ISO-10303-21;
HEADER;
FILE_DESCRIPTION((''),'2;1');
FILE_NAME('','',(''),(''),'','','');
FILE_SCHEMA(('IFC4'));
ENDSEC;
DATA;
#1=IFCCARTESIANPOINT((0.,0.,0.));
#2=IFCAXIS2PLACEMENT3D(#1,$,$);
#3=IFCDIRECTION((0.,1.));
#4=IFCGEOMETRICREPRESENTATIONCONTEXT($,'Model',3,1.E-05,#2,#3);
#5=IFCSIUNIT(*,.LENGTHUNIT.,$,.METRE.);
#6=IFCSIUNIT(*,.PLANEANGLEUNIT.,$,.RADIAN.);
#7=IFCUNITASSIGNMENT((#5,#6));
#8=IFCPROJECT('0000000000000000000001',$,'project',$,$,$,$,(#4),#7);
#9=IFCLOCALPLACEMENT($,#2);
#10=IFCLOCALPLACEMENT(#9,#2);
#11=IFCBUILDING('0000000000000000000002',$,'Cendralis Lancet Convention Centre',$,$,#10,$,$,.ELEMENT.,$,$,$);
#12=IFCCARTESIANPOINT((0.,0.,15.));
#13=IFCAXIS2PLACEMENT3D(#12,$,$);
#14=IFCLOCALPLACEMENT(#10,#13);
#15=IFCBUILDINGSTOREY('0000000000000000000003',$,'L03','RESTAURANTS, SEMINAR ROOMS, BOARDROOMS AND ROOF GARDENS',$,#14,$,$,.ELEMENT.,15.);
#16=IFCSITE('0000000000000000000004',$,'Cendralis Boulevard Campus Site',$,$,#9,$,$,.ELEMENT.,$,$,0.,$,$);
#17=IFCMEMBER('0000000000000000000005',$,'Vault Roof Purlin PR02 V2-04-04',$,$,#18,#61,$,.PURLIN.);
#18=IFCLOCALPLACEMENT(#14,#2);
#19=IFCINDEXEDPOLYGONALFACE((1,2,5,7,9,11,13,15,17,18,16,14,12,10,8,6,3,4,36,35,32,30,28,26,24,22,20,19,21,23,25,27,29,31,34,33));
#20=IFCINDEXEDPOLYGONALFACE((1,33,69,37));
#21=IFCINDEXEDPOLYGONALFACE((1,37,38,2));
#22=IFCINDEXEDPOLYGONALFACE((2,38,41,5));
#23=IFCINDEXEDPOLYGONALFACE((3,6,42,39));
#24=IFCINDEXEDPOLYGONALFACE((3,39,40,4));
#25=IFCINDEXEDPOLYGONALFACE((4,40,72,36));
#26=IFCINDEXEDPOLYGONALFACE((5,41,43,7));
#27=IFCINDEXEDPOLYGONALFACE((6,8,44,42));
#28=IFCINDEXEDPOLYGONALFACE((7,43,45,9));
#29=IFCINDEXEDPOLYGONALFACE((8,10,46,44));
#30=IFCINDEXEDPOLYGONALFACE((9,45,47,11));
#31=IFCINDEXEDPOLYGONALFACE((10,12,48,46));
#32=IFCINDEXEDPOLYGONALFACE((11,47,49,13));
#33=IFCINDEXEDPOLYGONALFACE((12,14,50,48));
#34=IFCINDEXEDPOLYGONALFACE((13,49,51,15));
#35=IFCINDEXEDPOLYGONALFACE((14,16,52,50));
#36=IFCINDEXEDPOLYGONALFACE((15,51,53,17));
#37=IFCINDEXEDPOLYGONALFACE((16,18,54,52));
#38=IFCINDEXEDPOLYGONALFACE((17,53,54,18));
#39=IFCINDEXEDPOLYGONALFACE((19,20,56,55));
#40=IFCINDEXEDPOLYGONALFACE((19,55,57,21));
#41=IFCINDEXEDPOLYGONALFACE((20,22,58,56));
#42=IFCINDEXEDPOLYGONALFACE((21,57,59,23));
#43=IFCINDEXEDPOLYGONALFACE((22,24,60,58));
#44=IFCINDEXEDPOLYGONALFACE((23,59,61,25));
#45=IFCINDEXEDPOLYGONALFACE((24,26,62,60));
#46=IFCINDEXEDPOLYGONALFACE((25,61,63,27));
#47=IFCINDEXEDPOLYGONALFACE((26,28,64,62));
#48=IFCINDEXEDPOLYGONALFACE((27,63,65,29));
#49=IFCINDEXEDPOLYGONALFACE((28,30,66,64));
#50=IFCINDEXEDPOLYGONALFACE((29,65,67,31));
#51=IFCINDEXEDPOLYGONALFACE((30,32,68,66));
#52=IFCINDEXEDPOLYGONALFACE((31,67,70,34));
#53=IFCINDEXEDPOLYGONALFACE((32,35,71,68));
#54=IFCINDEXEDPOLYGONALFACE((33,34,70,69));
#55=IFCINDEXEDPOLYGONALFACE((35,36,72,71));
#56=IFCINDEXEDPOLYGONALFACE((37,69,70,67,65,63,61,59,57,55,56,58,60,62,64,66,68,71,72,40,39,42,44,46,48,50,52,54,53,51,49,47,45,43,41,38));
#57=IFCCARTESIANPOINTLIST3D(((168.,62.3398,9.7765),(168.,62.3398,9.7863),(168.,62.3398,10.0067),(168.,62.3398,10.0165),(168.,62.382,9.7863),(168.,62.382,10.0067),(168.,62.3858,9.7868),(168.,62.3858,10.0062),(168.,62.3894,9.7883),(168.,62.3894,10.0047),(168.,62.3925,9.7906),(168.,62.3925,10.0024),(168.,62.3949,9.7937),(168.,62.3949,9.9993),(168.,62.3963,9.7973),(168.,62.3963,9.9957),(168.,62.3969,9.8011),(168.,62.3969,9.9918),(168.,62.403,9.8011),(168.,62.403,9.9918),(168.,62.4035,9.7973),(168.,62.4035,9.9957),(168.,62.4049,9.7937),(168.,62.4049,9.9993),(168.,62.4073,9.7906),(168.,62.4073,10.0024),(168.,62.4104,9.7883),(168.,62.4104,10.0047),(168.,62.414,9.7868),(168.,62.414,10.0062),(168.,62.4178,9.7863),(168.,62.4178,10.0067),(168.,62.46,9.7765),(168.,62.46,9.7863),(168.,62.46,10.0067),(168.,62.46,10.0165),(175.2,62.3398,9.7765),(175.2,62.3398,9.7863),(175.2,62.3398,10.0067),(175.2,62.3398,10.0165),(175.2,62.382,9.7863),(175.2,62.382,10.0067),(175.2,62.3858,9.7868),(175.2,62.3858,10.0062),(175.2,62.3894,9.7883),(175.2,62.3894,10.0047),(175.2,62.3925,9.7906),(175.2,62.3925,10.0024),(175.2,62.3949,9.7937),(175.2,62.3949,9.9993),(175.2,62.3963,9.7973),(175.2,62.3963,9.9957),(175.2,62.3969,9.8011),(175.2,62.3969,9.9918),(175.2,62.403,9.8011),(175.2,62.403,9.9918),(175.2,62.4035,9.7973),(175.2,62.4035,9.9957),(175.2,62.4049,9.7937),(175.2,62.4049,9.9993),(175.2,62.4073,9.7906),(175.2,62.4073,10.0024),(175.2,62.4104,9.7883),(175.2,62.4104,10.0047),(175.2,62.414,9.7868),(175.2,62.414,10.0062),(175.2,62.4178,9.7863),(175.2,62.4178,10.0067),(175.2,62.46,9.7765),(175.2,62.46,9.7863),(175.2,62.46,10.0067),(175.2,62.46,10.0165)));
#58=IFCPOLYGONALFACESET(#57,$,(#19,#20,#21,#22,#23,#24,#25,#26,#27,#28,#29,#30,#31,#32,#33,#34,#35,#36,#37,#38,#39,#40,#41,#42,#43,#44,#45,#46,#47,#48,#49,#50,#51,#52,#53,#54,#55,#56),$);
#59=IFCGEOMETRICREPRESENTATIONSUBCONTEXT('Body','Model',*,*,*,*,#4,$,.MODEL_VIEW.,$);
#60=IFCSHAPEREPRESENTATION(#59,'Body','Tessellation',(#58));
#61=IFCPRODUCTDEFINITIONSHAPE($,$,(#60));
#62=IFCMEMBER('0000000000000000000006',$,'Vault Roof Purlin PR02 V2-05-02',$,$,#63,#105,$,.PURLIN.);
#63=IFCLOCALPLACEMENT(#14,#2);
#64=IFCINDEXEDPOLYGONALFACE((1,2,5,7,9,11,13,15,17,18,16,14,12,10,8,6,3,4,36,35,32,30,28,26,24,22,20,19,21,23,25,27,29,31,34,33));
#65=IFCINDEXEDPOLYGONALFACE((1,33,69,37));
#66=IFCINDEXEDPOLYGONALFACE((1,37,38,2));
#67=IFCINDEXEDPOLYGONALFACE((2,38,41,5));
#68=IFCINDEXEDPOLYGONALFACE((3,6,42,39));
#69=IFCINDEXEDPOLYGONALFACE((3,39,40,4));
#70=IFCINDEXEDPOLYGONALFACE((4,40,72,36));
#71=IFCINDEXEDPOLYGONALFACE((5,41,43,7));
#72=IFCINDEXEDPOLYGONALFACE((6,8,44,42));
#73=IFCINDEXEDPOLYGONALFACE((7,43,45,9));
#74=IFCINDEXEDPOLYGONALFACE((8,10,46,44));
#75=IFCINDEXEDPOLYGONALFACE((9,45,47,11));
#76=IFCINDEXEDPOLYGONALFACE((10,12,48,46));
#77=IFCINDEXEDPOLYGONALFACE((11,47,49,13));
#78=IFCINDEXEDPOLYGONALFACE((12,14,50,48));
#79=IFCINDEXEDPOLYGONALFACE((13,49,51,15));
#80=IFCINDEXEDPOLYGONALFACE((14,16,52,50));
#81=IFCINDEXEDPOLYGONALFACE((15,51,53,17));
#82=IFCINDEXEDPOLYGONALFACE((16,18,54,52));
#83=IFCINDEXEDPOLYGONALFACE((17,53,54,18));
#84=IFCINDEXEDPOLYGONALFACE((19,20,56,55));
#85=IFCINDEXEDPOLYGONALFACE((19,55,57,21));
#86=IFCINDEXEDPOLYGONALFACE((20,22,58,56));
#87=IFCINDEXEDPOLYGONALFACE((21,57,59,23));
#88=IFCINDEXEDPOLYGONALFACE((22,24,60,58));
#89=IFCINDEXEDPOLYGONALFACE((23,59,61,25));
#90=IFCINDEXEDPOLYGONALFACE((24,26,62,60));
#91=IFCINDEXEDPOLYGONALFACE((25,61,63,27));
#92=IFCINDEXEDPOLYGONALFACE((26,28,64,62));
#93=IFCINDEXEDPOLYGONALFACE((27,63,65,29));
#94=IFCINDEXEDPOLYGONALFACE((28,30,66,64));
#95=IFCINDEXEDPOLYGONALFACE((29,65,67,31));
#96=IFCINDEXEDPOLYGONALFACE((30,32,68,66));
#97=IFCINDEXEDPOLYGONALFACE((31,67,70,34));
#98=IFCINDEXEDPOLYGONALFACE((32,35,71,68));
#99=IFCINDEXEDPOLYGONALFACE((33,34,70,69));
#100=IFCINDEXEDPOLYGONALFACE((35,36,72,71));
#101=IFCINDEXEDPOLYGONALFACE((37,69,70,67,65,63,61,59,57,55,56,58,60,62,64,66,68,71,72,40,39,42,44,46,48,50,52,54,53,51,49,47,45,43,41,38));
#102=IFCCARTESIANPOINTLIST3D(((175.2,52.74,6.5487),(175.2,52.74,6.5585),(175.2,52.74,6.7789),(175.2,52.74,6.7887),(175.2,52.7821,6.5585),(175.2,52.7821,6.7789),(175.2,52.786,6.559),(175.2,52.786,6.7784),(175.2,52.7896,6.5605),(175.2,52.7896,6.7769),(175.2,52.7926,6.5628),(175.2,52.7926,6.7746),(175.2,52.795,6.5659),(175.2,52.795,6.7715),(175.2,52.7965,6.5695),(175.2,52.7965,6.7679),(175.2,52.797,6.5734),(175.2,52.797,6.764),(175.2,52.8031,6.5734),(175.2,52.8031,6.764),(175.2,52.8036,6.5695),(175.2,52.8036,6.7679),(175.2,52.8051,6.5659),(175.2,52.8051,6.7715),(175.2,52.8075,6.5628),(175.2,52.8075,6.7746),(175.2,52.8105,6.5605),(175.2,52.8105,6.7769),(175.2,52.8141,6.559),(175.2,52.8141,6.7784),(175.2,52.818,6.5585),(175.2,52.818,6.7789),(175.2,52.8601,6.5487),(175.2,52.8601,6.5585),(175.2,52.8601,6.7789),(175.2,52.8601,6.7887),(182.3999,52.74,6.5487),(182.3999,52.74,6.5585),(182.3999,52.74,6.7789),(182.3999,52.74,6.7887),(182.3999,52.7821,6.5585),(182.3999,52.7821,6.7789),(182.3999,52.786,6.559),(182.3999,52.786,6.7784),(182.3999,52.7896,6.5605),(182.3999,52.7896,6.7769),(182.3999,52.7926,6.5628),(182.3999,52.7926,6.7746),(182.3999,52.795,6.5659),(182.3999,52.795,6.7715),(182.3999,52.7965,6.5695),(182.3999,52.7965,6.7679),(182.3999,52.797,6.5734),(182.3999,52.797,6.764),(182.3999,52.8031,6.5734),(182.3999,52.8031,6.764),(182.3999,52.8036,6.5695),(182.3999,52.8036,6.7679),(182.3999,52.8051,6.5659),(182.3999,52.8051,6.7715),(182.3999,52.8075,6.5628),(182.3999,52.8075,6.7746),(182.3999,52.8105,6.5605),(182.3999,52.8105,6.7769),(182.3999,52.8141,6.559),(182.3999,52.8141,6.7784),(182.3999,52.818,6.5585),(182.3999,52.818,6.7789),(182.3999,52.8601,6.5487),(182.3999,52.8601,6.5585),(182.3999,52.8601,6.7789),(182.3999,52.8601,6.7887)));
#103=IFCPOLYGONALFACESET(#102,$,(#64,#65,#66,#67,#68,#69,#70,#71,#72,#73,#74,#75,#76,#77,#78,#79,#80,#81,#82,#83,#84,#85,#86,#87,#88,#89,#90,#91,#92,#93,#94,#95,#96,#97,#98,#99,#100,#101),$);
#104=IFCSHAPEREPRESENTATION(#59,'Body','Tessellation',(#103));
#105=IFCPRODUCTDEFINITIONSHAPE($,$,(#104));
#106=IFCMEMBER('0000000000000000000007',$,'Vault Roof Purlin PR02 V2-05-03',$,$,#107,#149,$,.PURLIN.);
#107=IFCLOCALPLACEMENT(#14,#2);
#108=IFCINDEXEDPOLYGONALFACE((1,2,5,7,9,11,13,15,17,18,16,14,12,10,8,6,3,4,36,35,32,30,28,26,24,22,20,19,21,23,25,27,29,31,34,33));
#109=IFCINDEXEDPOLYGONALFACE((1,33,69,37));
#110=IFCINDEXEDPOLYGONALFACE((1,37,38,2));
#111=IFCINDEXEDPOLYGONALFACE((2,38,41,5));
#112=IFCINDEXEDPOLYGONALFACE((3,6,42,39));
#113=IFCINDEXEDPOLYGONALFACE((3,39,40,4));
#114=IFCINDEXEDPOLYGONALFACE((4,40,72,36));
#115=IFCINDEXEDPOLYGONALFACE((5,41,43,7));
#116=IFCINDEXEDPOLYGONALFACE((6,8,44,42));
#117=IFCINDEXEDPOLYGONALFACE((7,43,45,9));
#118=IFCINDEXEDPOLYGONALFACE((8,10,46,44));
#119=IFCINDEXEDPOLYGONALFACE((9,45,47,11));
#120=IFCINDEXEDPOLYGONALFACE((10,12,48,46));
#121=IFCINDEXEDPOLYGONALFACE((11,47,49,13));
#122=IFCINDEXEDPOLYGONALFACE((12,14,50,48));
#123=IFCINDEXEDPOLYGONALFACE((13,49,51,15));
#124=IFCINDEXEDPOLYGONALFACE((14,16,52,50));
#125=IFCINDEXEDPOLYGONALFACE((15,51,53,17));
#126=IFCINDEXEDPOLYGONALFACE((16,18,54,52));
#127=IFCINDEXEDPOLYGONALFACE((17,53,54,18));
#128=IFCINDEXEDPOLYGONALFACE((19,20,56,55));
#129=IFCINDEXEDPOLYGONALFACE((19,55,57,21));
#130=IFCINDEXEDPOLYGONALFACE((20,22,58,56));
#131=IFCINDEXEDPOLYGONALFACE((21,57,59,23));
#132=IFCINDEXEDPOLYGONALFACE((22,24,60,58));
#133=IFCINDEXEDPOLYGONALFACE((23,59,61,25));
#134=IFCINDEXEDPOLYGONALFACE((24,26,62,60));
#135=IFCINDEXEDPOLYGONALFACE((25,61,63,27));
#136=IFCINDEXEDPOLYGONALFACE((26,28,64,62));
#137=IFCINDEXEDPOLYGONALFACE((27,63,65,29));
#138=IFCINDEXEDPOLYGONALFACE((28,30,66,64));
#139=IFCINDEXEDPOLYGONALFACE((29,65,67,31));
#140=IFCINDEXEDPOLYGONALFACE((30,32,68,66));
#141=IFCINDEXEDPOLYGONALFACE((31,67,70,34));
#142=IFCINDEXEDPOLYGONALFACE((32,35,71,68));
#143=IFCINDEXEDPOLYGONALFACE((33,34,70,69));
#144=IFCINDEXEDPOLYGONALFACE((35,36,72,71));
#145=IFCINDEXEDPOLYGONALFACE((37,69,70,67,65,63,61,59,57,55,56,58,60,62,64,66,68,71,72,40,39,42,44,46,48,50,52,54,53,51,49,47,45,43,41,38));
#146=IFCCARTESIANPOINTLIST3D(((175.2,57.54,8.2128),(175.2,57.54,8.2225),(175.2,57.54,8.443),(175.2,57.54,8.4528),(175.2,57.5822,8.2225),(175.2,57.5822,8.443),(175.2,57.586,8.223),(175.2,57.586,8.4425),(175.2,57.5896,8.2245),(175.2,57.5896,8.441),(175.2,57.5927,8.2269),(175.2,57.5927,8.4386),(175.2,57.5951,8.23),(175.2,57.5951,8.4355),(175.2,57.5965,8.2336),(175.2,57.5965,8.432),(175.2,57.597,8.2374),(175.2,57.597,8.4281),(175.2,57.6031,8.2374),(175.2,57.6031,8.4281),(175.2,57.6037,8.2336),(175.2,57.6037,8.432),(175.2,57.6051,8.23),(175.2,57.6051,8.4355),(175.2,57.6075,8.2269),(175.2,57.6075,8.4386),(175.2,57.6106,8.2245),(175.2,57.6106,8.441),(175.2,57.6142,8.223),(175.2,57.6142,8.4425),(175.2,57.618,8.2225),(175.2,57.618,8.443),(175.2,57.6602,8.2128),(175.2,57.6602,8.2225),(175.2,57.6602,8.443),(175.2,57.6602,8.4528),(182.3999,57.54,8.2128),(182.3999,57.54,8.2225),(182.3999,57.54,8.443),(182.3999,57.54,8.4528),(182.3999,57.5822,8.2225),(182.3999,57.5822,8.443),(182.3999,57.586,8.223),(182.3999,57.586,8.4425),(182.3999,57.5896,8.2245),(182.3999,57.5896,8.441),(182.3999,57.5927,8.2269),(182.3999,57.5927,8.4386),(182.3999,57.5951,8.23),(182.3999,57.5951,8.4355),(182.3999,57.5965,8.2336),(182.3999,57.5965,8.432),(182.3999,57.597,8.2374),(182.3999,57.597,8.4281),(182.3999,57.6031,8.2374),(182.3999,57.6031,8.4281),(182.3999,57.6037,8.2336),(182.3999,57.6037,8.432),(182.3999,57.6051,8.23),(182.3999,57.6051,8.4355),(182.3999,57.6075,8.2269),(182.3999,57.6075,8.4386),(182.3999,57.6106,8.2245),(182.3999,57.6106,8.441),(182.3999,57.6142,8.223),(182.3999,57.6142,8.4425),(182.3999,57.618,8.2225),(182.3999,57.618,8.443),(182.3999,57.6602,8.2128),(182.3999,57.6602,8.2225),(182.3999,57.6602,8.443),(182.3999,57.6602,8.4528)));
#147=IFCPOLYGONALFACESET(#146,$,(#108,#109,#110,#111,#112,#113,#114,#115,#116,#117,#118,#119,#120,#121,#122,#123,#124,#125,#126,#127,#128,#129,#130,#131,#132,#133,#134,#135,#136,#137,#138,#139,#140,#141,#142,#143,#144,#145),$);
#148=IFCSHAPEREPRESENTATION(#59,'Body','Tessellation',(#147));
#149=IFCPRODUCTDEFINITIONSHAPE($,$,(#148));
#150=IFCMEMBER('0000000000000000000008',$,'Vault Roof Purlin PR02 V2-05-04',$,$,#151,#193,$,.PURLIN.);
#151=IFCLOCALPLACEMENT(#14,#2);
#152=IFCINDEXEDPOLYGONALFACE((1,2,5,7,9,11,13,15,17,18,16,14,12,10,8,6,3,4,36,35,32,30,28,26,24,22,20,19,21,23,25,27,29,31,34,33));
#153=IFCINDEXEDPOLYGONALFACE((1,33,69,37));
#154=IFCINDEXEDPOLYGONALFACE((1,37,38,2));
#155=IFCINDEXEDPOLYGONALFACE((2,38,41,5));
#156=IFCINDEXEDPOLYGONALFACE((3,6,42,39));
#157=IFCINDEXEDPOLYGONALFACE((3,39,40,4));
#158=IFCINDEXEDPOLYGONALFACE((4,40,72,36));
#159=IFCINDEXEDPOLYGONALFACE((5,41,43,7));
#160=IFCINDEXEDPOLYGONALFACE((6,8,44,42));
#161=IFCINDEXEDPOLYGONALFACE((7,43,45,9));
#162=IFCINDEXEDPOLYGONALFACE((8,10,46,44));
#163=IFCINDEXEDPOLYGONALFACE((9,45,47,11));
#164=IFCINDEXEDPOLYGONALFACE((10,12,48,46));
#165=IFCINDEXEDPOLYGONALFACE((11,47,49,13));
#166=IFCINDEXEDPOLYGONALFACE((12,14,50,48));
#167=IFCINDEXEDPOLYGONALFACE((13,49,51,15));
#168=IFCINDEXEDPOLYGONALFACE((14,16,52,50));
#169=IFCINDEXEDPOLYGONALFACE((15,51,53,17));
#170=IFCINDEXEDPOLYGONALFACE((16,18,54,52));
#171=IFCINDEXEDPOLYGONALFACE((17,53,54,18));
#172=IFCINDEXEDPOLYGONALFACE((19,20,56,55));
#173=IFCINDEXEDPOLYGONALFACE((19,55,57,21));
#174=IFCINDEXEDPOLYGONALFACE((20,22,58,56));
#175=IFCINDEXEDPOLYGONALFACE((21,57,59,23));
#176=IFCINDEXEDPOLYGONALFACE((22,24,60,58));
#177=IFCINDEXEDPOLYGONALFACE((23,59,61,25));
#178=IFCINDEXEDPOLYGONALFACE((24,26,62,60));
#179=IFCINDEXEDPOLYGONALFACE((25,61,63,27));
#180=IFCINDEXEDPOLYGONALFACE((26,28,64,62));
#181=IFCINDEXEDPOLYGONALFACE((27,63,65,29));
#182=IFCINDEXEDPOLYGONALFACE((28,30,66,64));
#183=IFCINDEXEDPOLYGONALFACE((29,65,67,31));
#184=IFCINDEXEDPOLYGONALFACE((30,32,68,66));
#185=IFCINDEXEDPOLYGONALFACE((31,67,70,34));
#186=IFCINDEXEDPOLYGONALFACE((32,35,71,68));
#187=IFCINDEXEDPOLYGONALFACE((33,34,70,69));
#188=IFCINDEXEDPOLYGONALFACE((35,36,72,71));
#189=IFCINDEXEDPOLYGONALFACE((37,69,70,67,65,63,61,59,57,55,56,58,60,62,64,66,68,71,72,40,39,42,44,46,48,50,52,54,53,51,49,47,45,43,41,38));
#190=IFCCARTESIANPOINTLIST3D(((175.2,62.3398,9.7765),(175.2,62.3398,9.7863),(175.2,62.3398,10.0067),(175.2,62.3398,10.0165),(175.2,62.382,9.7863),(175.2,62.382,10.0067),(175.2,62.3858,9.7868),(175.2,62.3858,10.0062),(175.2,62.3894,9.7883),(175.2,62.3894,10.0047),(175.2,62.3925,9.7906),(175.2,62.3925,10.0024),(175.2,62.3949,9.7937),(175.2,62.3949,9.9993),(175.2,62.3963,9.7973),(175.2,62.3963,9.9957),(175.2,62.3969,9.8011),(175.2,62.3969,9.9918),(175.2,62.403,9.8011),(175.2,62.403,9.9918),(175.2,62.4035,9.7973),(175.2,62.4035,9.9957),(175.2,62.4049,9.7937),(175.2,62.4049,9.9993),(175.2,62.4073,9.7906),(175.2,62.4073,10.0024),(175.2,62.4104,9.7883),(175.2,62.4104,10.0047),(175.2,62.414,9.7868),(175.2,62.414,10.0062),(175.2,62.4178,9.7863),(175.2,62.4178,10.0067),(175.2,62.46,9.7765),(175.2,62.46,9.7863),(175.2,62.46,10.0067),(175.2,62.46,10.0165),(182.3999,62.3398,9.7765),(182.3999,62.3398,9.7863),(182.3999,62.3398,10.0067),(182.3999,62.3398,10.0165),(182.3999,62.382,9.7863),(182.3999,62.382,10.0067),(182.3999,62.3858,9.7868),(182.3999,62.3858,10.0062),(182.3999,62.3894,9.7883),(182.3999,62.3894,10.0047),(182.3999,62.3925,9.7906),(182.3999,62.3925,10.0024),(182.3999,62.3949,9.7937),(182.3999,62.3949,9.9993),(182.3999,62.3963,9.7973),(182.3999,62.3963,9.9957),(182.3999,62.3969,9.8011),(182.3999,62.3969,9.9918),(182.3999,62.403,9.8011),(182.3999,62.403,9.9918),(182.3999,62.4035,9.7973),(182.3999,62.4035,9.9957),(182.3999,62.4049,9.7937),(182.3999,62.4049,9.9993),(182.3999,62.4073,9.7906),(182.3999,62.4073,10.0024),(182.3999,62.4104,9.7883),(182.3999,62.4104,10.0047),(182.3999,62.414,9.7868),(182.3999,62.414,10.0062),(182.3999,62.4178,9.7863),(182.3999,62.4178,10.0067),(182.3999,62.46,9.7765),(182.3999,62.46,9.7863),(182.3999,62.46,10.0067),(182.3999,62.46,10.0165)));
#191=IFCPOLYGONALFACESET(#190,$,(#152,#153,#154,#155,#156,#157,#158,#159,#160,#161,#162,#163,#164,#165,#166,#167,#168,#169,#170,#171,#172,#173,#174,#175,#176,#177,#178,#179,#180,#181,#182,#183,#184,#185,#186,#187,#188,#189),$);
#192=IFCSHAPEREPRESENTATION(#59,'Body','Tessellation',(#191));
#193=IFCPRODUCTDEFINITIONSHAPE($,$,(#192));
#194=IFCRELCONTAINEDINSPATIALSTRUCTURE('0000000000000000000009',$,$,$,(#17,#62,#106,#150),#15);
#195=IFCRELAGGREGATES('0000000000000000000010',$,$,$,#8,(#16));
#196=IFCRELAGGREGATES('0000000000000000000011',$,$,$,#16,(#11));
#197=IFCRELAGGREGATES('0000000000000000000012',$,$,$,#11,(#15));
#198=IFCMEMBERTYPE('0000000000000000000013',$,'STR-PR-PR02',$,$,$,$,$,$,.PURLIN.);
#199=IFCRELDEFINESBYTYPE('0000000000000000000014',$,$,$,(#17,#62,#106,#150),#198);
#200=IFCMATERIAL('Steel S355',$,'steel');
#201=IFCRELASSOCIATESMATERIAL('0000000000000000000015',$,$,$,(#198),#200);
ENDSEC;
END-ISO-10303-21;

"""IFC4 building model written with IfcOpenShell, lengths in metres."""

from ifc_helpers import new_model, si_unit, direction, frame, origin, origin_2d, place, context, subcontext, project, spatial, i_section, extrude, material, material_profile, profile_set, type_object, element, save


model = new_model("IFC4")

# Units and contexts
model_context = context("Model", 3, precision=1e-05, world=origin(), true_north=direction((0.0, 1.0)))
body_context = subcontext(model_context, "Body", "Model", "MODEL_VIEW")
ifc_project = project(units=[si_unit("LENGTHUNIT", "METRE"), si_unit("PLANEANGLEUNIT", "RADIAN")], contexts=[model_context])

# Site, building, storey
site_placement = place(None, origin())
site = spatial("IfcSite", under=ifc_project, at=site_placement, Name="Cendralis Boulevard Campus Site", CompositionType="ELEMENT", RefElevation=0.0)
building_placement = place(site_placement, origin())
building = spatial("IfcBuilding", under=site, at=building_placement, Name="Cendralis Lancet Convention Centre", CompositionType="ELEMENT")
storey_placement = place(building_placement, frame((0.0, 0.0, 15.0)))
storey = spatial("IfcBuildingStorey", under=building, at=storey_placement, Name="L03", Description="RESTAURANTS, SEMINAR ROOMS, BOARDROOMS AND ROOF GARDENS", CompositionType="ELEMENT", Elevation=15.0)

# Members
ifc_material = material(Name="Steel S355", Category="steel")
ifc_material_profile_1 = material_profile(ifc_material, i_section(OverallWidth=0.1201, OverallDepth=0.24, WebThickness=0.0061, FlangeThickness=0.0098, FilletRadius=0.0149, at=origin_2d()), Name="IPE 240")
ifc_profile_set_1 = profile_set([ifc_material_profile_1], Name="Steel S355")
member_type_1 = type_object("IfcMemberType", Name="STR-PR-PR02", PredefinedType="PURLIN", material=ifc_profile_set_1)
for number, where, z_axis, x_axis, name in (
    (1, (168.0, 62.3999, 9.8965), (1.0, 0.0, 0.0), (0.0, 1.0, 0.0), "Vault Roof Purlin PR02 V2-04-04"),
    (2, (175.2, 52.8, 6.6687), (1.0, 0.0, 0.0), (0.0, 1.0, 0.0), "Vault Roof Purlin PR02 V2-05-02"),
    (3, (175.2, 57.6001, 8.3328), (1.0, 0.0, 0.0), (0.0, 1.0, 0.0), "Vault Roof Purlin PR02 V2-05-03"),
    (4, (175.2, 62.3999, 9.8965), (1.0, 0.0, 0.0), (0.0, 1.0, 0.0), "Vault Roof Purlin PR02 V2-05-04"),
):
    element("IfcMember", number, at=place(storey_placement, frame(where, z_axis=z_axis, x_axis=x_axis)), inside=storey, type_object=member_type_1, Name=name, PredefinedType="PURLIN", context=body_context, shape_type="SweptSolid", body=[
        extrude(i_section(OverallWidth=0.1201, OverallDepth=0.24, WebThickness=0.0061, FlangeThickness=0.0098, FilletRadius=0.0149, at=origin_2d()), origin(), (0.0, 0.0, 1.0), 7.2),
    ])

save(model, "model.ifc")
